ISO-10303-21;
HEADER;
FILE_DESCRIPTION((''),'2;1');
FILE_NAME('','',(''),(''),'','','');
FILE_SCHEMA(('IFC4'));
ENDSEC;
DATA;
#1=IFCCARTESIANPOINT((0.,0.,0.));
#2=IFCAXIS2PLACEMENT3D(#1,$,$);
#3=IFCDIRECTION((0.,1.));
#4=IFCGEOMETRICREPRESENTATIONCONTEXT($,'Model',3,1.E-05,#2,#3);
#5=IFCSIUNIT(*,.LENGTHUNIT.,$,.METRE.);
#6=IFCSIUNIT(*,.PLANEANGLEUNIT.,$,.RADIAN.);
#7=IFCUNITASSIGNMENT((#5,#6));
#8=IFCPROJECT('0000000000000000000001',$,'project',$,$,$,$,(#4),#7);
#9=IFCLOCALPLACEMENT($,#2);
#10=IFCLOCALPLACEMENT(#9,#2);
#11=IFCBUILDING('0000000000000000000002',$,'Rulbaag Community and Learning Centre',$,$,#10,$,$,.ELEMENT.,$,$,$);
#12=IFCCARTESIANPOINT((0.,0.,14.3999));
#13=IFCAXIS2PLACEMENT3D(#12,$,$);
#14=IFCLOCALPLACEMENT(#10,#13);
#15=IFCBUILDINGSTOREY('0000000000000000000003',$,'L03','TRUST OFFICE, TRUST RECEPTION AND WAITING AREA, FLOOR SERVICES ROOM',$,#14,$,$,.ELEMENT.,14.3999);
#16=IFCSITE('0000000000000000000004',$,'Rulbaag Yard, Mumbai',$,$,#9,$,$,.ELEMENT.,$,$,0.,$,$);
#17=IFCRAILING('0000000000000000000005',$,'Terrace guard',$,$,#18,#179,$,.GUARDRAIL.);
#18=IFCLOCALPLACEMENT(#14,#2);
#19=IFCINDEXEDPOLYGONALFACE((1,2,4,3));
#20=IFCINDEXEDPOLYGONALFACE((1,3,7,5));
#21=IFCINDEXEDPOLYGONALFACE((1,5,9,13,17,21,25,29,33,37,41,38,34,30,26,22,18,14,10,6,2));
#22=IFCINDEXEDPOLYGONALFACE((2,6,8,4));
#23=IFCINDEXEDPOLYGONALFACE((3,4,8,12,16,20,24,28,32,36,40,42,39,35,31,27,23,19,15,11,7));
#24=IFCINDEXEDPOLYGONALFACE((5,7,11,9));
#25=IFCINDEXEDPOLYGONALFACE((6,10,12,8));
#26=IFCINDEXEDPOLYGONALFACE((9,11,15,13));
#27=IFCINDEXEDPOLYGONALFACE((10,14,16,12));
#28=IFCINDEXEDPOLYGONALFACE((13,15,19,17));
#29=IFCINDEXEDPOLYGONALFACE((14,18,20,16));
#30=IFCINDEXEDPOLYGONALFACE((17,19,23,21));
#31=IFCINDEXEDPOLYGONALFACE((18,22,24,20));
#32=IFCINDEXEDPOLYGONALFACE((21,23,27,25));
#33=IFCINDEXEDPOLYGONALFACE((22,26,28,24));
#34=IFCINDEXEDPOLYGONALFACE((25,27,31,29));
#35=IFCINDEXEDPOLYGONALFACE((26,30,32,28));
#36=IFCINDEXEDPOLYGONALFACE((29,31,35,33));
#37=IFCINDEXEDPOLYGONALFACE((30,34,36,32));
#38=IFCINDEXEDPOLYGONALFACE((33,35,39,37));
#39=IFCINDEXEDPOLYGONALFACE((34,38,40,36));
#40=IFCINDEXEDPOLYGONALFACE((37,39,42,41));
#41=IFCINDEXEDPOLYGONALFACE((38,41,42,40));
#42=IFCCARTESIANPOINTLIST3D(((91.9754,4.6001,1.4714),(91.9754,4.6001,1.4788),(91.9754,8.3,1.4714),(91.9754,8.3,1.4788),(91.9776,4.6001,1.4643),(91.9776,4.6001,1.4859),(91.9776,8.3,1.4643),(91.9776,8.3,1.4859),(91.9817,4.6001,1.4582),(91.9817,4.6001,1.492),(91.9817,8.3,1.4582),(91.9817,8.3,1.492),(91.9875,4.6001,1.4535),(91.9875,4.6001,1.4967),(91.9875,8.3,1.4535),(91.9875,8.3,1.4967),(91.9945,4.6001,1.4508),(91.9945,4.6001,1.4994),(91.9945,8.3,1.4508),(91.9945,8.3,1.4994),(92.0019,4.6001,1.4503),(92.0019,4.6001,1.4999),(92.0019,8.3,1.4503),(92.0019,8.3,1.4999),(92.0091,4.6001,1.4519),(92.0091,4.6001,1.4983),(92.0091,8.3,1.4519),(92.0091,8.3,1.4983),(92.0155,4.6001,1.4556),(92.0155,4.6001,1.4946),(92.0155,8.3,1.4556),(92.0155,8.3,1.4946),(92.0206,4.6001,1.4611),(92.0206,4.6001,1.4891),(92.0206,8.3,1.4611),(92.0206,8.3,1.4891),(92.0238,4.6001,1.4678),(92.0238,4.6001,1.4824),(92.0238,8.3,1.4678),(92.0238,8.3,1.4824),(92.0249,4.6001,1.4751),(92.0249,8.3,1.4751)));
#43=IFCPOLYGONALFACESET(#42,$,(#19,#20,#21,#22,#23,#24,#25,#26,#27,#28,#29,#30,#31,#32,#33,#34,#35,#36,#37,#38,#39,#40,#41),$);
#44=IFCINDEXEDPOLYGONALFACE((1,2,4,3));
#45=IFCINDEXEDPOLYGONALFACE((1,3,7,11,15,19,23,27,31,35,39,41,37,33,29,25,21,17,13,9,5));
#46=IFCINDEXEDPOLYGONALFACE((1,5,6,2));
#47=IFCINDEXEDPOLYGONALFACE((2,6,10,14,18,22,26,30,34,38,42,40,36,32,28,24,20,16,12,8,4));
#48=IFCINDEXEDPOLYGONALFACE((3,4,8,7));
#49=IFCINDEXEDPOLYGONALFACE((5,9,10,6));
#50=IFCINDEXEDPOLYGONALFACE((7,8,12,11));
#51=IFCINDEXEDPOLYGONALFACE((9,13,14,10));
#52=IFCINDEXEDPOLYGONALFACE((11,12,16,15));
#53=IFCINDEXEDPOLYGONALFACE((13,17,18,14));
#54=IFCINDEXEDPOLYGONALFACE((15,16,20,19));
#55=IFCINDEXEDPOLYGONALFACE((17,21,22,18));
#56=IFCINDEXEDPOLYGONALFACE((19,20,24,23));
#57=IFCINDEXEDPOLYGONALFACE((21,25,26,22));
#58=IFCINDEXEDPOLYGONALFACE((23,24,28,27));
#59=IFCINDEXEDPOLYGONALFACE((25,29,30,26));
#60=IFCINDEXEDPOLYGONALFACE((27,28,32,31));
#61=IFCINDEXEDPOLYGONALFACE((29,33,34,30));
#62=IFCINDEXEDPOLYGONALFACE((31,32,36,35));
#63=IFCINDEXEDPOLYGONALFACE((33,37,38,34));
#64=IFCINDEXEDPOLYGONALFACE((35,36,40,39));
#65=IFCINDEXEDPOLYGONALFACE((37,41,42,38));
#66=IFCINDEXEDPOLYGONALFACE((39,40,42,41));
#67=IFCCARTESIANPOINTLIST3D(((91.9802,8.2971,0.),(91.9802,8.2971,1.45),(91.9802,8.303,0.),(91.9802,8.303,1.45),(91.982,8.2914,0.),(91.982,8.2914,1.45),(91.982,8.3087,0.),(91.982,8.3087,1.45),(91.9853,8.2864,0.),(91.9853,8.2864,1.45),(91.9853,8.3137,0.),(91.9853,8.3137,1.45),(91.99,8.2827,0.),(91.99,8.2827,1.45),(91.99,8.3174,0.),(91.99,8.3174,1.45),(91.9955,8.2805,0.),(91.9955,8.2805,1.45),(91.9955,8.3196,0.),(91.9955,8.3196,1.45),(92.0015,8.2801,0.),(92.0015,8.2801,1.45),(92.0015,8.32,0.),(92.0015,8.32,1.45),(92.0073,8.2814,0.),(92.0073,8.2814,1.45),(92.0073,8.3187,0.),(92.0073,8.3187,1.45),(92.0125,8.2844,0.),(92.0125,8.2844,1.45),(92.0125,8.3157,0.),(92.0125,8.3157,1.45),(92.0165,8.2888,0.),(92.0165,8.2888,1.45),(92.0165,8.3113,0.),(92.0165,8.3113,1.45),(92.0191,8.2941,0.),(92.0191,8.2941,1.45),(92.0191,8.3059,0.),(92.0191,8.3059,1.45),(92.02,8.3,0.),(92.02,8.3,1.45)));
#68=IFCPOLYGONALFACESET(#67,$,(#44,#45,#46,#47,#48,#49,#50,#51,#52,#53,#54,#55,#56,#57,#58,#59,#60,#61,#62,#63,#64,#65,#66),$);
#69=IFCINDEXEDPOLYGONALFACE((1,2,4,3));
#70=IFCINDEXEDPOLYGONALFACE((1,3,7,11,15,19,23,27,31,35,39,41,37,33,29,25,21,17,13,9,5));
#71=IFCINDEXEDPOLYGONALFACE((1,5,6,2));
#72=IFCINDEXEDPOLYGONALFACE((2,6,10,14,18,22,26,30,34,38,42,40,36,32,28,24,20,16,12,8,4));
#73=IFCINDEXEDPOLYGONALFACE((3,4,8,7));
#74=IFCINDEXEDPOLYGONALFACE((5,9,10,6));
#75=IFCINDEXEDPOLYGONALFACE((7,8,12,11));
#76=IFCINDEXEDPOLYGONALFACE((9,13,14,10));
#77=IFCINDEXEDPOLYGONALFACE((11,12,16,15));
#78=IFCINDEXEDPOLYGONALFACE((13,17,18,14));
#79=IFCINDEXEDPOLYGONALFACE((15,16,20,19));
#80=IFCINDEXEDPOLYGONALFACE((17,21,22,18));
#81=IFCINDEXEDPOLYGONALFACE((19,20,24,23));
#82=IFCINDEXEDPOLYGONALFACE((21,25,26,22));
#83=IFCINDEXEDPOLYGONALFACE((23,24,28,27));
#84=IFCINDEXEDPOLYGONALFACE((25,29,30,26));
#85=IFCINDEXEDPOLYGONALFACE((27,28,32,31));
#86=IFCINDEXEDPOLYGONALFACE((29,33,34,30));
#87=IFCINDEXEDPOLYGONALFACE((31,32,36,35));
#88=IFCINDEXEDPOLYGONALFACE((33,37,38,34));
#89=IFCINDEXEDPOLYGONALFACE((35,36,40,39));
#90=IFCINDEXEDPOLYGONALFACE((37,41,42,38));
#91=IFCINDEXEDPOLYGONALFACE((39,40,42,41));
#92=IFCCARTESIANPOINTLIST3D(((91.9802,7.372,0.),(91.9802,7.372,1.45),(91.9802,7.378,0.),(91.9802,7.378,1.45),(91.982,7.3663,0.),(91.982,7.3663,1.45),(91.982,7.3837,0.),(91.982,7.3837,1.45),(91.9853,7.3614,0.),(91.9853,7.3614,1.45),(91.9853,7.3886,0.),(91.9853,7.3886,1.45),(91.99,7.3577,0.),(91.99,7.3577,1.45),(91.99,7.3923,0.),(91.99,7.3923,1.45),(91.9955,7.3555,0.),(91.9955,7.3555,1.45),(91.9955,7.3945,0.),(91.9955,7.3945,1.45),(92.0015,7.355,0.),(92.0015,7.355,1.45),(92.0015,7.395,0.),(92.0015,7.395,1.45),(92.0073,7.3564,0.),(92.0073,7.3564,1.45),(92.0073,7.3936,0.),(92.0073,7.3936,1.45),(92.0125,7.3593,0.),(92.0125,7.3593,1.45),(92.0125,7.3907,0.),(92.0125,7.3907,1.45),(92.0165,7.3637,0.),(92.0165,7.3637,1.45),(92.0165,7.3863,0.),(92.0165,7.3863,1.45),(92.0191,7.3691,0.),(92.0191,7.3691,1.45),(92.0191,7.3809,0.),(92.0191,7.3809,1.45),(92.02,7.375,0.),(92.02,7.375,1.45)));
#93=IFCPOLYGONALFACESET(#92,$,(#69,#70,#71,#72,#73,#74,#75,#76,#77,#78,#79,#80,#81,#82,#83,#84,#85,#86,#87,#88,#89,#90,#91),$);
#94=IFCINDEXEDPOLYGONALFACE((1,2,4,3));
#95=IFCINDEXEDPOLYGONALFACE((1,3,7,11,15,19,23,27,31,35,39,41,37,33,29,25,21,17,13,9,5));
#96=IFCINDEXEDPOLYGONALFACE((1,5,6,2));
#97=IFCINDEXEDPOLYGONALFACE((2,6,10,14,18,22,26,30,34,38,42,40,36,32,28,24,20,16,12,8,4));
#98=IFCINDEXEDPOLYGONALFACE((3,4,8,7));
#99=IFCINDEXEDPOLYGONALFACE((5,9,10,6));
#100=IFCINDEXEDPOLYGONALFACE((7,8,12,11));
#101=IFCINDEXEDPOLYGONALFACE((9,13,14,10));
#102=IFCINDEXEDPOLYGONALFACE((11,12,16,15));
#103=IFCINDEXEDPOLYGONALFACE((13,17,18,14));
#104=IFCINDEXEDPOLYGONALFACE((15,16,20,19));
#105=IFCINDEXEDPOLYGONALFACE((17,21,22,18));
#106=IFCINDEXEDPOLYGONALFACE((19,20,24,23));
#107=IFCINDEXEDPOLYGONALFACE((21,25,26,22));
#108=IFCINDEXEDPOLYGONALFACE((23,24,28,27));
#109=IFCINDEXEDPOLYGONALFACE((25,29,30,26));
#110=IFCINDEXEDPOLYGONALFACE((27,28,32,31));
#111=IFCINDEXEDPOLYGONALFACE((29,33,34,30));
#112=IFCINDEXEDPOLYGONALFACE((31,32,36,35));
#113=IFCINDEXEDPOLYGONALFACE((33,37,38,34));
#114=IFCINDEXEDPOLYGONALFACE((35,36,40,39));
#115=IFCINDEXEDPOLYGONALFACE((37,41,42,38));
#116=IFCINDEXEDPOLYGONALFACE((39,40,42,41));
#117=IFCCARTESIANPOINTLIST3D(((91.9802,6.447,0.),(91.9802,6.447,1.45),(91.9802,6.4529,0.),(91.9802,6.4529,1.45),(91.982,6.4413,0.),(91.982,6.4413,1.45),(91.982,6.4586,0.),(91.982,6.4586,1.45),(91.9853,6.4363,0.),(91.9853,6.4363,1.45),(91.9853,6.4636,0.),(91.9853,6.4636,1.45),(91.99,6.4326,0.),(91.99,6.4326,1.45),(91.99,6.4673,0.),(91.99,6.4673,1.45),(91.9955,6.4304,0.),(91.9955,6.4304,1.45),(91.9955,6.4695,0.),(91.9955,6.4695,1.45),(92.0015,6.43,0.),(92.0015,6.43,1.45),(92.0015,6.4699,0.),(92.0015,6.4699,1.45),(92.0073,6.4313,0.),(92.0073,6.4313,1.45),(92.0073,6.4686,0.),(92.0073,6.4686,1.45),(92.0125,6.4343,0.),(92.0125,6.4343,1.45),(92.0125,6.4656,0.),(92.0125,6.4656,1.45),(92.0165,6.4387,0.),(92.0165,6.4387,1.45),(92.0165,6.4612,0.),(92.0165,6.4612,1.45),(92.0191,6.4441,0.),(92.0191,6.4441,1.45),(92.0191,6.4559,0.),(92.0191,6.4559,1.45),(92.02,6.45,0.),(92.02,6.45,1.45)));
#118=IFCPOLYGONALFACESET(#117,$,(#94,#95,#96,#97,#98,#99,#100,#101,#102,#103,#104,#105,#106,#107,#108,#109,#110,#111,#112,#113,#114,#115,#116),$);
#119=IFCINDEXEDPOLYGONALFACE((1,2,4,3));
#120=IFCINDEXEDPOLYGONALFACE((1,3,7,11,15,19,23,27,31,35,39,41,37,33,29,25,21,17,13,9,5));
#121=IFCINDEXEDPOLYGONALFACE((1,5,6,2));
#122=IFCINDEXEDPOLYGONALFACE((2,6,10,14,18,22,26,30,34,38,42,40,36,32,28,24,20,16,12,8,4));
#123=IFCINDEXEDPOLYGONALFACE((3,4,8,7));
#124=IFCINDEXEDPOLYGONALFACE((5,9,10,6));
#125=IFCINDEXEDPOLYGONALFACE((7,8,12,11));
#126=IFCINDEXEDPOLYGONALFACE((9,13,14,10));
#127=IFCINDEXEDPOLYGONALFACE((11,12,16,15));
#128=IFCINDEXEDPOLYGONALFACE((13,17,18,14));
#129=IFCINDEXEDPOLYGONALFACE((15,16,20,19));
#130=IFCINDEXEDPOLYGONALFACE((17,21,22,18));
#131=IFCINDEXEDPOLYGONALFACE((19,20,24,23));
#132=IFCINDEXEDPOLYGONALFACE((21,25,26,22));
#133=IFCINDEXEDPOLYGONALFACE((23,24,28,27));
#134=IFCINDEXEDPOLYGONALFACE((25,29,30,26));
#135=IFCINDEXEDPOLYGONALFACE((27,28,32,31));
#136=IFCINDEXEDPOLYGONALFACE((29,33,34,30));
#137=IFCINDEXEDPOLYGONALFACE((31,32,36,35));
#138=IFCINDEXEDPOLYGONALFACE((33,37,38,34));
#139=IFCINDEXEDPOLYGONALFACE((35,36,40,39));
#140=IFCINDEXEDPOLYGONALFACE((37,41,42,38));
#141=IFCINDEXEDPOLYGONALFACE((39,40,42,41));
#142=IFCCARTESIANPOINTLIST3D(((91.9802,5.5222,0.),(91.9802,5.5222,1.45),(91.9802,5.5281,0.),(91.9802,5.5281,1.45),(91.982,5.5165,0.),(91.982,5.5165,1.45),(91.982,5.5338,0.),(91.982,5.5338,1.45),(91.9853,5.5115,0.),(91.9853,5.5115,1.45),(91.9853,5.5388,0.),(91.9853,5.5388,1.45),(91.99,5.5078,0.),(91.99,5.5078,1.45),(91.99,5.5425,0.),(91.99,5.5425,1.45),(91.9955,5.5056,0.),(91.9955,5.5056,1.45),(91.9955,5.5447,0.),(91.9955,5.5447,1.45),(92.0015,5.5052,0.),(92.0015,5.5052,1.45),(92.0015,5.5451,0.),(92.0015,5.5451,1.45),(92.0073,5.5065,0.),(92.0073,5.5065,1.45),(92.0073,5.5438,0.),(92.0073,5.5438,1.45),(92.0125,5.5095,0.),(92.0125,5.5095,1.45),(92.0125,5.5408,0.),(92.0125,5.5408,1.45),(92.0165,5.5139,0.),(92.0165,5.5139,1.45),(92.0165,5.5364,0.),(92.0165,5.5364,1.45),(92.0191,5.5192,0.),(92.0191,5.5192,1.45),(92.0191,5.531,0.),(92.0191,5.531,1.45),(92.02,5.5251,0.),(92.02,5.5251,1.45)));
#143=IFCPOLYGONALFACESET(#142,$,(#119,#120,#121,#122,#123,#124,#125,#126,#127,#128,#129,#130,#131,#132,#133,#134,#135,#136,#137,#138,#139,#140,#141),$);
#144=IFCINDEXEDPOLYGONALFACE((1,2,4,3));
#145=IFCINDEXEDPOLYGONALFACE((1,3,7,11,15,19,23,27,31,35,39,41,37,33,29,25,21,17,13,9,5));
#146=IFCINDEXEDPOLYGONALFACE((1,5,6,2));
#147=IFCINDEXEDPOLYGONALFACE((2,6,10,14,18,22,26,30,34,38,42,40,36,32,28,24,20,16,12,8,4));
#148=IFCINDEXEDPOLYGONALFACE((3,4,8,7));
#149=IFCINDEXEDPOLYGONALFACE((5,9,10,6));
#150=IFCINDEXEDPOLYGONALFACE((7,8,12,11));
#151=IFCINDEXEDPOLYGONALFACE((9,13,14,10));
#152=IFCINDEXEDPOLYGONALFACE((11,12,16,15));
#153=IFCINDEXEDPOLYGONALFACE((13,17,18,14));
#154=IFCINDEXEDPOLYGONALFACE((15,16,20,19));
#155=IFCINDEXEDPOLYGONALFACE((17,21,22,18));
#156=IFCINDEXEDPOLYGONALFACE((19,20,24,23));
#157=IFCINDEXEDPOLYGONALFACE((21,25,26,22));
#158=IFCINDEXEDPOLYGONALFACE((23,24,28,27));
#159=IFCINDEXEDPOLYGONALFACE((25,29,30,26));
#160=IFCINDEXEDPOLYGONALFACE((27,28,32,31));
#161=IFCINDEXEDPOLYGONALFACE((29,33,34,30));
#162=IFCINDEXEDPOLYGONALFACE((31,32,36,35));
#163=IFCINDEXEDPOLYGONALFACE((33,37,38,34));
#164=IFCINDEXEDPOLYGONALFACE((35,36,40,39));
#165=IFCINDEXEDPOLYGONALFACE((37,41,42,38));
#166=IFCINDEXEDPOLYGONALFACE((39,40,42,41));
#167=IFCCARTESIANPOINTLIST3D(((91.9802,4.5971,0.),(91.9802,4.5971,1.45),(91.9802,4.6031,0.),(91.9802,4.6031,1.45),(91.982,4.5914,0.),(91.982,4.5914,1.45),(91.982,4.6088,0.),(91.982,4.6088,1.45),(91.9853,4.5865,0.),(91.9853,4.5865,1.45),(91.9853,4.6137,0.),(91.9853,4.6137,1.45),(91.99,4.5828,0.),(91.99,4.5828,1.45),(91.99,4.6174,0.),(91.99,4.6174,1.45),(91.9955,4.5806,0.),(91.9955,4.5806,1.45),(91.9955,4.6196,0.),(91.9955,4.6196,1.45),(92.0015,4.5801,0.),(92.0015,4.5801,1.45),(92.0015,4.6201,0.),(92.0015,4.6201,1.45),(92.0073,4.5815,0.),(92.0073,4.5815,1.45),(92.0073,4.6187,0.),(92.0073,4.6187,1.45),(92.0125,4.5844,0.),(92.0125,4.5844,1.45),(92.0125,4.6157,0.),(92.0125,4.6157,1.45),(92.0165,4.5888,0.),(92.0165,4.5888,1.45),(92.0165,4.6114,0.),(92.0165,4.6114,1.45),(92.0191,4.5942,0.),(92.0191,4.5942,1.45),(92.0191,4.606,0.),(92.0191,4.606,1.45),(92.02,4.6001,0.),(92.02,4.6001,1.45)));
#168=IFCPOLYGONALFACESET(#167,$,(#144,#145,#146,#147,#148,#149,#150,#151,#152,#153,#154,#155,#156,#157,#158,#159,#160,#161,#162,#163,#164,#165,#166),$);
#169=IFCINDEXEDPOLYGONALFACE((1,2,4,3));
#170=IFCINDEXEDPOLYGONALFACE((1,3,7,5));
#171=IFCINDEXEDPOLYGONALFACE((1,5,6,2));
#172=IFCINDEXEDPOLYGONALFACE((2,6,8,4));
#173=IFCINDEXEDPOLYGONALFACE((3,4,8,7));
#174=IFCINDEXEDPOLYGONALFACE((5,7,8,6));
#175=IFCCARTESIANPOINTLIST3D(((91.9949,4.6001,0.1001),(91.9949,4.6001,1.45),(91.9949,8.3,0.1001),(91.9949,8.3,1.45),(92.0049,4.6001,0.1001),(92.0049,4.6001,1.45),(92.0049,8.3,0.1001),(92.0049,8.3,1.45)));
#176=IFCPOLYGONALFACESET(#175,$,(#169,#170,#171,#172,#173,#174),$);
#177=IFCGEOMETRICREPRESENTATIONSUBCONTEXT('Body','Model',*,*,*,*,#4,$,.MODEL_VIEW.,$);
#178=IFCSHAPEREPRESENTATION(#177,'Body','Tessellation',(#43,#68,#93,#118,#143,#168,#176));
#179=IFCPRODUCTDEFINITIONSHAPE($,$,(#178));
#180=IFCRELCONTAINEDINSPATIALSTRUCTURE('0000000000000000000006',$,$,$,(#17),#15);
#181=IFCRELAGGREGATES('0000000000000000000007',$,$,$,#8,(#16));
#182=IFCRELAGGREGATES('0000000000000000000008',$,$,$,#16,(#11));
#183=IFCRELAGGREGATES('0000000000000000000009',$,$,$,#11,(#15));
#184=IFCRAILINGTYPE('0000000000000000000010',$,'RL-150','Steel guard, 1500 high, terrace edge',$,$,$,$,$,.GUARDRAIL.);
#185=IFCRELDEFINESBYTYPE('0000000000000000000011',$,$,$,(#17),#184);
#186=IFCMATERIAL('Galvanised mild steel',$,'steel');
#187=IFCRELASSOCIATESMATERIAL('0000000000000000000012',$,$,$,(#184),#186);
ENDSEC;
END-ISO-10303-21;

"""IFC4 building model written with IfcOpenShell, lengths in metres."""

from ifc_helpers import new_model, si_unit, direction, frame, origin, origin_2d, place, context, subcontext, project, spatial, polyline, circle, outline, extrude, material, type_object, element, save


model = new_model("IFC4")

# Units and contexts
model_context = context("Model", 3, precision=1e-05, world=origin(), true_north=direction((0.0, 1.0)))
body_context = subcontext(model_context, "Body", "Model", "MODEL_VIEW")
ifc_project = project(units=[si_unit("LENGTHUNIT", "METRE"), si_unit("PLANEANGLEUNIT", "RADIAN")], contexts=[model_context])

# Site, building, storey
site_placement = place(None, origin())
site = spatial("IfcSite", under=ifc_project, at=site_placement, Name="Rulbaag Yard, Mumbai", CompositionType="ELEMENT", RefElevation=0.0)
building_placement = place(site_placement, origin())
building = spatial("IfcBuilding", under=site, at=building_placement, Name="Rulbaag Community and Learning Centre", CompositionType="ELEMENT")
storey_placement = place(building_placement, frame((0.0, 0.0, 14.3999)))
storey = spatial("IfcBuildingStorey", under=building, at=storey_placement, Name="L03", Description="TRUST OFFICE, TRUST RECEPTION AND WAITING AREA, FLOOR SERVICES ROOM", CompositionType="ELEMENT", Elevation=14.3999)

# Railing
ifc_material_1 = material(Name="Galvanised mild steel", Category="steel")
railing_type = type_object("IfcRailingType", Name="RL-150", Description="Steel guard, 1500 high, terrace edge", PredefinedType="GUARDRAIL", material=ifc_material_1)
railing_1_placement = place(storey_placement, frame((92.0, 8.3, 0.0)))
element("IfcRailing", 1, at=railing_1_placement, inside=storey, type_object=railing_type, Name="Terrace guard", PredefinedType="GUARDRAIL", context=body_context, shape_type="SweptSolid", body=[
    extrude(circle(Radius=0.0249, at=origin_2d()), frame((0.0, 0.0, 1.4751), z_axis=(0.0, -1.0, 0.0), x_axis=(1.0, 0.0, 0.0)), (0.0, 0.0, 1.0), 3.7),
    extrude(circle(Radius=0.02, at=origin_2d()), origin(), (0.0, 0.0, 1.0), 1.45),
    extrude(circle(Radius=0.02, at=origin_2d()), frame((0.0, -0.925, 0.0)), (0.0, 0.0, 1.0), 1.45),
    extrude(circle(Radius=0.02, at=origin_2d()), frame((0.0, -1.8501, 0.0)), (0.0, 0.0, 1.0), 1.45),
    extrude(circle(Radius=0.02, at=origin_2d()), frame((0.0, -2.7749, 0.0)), (0.0, 0.0, 1.0), 1.45),
    extrude(circle(Radius=0.02, at=origin_2d()), frame((0.0, -3.7, 0.0)), (0.0, 0.0, 1.0), 1.45),
    extrude(outline(polyline([(0.0, 0.0), (3.7, 0.0), (3.7, 1.3499), (0.0, 1.3499), (0.0, 0.0)])), frame((0.0049, 0.0, 0.1001), z_axis=(-1.0, 0.0, 0.0), x_axis=(0.0, -1.0, 0.0)), (0.0, 0.0, 1.0), 0.01),
])

save(model, "model.ifc")
